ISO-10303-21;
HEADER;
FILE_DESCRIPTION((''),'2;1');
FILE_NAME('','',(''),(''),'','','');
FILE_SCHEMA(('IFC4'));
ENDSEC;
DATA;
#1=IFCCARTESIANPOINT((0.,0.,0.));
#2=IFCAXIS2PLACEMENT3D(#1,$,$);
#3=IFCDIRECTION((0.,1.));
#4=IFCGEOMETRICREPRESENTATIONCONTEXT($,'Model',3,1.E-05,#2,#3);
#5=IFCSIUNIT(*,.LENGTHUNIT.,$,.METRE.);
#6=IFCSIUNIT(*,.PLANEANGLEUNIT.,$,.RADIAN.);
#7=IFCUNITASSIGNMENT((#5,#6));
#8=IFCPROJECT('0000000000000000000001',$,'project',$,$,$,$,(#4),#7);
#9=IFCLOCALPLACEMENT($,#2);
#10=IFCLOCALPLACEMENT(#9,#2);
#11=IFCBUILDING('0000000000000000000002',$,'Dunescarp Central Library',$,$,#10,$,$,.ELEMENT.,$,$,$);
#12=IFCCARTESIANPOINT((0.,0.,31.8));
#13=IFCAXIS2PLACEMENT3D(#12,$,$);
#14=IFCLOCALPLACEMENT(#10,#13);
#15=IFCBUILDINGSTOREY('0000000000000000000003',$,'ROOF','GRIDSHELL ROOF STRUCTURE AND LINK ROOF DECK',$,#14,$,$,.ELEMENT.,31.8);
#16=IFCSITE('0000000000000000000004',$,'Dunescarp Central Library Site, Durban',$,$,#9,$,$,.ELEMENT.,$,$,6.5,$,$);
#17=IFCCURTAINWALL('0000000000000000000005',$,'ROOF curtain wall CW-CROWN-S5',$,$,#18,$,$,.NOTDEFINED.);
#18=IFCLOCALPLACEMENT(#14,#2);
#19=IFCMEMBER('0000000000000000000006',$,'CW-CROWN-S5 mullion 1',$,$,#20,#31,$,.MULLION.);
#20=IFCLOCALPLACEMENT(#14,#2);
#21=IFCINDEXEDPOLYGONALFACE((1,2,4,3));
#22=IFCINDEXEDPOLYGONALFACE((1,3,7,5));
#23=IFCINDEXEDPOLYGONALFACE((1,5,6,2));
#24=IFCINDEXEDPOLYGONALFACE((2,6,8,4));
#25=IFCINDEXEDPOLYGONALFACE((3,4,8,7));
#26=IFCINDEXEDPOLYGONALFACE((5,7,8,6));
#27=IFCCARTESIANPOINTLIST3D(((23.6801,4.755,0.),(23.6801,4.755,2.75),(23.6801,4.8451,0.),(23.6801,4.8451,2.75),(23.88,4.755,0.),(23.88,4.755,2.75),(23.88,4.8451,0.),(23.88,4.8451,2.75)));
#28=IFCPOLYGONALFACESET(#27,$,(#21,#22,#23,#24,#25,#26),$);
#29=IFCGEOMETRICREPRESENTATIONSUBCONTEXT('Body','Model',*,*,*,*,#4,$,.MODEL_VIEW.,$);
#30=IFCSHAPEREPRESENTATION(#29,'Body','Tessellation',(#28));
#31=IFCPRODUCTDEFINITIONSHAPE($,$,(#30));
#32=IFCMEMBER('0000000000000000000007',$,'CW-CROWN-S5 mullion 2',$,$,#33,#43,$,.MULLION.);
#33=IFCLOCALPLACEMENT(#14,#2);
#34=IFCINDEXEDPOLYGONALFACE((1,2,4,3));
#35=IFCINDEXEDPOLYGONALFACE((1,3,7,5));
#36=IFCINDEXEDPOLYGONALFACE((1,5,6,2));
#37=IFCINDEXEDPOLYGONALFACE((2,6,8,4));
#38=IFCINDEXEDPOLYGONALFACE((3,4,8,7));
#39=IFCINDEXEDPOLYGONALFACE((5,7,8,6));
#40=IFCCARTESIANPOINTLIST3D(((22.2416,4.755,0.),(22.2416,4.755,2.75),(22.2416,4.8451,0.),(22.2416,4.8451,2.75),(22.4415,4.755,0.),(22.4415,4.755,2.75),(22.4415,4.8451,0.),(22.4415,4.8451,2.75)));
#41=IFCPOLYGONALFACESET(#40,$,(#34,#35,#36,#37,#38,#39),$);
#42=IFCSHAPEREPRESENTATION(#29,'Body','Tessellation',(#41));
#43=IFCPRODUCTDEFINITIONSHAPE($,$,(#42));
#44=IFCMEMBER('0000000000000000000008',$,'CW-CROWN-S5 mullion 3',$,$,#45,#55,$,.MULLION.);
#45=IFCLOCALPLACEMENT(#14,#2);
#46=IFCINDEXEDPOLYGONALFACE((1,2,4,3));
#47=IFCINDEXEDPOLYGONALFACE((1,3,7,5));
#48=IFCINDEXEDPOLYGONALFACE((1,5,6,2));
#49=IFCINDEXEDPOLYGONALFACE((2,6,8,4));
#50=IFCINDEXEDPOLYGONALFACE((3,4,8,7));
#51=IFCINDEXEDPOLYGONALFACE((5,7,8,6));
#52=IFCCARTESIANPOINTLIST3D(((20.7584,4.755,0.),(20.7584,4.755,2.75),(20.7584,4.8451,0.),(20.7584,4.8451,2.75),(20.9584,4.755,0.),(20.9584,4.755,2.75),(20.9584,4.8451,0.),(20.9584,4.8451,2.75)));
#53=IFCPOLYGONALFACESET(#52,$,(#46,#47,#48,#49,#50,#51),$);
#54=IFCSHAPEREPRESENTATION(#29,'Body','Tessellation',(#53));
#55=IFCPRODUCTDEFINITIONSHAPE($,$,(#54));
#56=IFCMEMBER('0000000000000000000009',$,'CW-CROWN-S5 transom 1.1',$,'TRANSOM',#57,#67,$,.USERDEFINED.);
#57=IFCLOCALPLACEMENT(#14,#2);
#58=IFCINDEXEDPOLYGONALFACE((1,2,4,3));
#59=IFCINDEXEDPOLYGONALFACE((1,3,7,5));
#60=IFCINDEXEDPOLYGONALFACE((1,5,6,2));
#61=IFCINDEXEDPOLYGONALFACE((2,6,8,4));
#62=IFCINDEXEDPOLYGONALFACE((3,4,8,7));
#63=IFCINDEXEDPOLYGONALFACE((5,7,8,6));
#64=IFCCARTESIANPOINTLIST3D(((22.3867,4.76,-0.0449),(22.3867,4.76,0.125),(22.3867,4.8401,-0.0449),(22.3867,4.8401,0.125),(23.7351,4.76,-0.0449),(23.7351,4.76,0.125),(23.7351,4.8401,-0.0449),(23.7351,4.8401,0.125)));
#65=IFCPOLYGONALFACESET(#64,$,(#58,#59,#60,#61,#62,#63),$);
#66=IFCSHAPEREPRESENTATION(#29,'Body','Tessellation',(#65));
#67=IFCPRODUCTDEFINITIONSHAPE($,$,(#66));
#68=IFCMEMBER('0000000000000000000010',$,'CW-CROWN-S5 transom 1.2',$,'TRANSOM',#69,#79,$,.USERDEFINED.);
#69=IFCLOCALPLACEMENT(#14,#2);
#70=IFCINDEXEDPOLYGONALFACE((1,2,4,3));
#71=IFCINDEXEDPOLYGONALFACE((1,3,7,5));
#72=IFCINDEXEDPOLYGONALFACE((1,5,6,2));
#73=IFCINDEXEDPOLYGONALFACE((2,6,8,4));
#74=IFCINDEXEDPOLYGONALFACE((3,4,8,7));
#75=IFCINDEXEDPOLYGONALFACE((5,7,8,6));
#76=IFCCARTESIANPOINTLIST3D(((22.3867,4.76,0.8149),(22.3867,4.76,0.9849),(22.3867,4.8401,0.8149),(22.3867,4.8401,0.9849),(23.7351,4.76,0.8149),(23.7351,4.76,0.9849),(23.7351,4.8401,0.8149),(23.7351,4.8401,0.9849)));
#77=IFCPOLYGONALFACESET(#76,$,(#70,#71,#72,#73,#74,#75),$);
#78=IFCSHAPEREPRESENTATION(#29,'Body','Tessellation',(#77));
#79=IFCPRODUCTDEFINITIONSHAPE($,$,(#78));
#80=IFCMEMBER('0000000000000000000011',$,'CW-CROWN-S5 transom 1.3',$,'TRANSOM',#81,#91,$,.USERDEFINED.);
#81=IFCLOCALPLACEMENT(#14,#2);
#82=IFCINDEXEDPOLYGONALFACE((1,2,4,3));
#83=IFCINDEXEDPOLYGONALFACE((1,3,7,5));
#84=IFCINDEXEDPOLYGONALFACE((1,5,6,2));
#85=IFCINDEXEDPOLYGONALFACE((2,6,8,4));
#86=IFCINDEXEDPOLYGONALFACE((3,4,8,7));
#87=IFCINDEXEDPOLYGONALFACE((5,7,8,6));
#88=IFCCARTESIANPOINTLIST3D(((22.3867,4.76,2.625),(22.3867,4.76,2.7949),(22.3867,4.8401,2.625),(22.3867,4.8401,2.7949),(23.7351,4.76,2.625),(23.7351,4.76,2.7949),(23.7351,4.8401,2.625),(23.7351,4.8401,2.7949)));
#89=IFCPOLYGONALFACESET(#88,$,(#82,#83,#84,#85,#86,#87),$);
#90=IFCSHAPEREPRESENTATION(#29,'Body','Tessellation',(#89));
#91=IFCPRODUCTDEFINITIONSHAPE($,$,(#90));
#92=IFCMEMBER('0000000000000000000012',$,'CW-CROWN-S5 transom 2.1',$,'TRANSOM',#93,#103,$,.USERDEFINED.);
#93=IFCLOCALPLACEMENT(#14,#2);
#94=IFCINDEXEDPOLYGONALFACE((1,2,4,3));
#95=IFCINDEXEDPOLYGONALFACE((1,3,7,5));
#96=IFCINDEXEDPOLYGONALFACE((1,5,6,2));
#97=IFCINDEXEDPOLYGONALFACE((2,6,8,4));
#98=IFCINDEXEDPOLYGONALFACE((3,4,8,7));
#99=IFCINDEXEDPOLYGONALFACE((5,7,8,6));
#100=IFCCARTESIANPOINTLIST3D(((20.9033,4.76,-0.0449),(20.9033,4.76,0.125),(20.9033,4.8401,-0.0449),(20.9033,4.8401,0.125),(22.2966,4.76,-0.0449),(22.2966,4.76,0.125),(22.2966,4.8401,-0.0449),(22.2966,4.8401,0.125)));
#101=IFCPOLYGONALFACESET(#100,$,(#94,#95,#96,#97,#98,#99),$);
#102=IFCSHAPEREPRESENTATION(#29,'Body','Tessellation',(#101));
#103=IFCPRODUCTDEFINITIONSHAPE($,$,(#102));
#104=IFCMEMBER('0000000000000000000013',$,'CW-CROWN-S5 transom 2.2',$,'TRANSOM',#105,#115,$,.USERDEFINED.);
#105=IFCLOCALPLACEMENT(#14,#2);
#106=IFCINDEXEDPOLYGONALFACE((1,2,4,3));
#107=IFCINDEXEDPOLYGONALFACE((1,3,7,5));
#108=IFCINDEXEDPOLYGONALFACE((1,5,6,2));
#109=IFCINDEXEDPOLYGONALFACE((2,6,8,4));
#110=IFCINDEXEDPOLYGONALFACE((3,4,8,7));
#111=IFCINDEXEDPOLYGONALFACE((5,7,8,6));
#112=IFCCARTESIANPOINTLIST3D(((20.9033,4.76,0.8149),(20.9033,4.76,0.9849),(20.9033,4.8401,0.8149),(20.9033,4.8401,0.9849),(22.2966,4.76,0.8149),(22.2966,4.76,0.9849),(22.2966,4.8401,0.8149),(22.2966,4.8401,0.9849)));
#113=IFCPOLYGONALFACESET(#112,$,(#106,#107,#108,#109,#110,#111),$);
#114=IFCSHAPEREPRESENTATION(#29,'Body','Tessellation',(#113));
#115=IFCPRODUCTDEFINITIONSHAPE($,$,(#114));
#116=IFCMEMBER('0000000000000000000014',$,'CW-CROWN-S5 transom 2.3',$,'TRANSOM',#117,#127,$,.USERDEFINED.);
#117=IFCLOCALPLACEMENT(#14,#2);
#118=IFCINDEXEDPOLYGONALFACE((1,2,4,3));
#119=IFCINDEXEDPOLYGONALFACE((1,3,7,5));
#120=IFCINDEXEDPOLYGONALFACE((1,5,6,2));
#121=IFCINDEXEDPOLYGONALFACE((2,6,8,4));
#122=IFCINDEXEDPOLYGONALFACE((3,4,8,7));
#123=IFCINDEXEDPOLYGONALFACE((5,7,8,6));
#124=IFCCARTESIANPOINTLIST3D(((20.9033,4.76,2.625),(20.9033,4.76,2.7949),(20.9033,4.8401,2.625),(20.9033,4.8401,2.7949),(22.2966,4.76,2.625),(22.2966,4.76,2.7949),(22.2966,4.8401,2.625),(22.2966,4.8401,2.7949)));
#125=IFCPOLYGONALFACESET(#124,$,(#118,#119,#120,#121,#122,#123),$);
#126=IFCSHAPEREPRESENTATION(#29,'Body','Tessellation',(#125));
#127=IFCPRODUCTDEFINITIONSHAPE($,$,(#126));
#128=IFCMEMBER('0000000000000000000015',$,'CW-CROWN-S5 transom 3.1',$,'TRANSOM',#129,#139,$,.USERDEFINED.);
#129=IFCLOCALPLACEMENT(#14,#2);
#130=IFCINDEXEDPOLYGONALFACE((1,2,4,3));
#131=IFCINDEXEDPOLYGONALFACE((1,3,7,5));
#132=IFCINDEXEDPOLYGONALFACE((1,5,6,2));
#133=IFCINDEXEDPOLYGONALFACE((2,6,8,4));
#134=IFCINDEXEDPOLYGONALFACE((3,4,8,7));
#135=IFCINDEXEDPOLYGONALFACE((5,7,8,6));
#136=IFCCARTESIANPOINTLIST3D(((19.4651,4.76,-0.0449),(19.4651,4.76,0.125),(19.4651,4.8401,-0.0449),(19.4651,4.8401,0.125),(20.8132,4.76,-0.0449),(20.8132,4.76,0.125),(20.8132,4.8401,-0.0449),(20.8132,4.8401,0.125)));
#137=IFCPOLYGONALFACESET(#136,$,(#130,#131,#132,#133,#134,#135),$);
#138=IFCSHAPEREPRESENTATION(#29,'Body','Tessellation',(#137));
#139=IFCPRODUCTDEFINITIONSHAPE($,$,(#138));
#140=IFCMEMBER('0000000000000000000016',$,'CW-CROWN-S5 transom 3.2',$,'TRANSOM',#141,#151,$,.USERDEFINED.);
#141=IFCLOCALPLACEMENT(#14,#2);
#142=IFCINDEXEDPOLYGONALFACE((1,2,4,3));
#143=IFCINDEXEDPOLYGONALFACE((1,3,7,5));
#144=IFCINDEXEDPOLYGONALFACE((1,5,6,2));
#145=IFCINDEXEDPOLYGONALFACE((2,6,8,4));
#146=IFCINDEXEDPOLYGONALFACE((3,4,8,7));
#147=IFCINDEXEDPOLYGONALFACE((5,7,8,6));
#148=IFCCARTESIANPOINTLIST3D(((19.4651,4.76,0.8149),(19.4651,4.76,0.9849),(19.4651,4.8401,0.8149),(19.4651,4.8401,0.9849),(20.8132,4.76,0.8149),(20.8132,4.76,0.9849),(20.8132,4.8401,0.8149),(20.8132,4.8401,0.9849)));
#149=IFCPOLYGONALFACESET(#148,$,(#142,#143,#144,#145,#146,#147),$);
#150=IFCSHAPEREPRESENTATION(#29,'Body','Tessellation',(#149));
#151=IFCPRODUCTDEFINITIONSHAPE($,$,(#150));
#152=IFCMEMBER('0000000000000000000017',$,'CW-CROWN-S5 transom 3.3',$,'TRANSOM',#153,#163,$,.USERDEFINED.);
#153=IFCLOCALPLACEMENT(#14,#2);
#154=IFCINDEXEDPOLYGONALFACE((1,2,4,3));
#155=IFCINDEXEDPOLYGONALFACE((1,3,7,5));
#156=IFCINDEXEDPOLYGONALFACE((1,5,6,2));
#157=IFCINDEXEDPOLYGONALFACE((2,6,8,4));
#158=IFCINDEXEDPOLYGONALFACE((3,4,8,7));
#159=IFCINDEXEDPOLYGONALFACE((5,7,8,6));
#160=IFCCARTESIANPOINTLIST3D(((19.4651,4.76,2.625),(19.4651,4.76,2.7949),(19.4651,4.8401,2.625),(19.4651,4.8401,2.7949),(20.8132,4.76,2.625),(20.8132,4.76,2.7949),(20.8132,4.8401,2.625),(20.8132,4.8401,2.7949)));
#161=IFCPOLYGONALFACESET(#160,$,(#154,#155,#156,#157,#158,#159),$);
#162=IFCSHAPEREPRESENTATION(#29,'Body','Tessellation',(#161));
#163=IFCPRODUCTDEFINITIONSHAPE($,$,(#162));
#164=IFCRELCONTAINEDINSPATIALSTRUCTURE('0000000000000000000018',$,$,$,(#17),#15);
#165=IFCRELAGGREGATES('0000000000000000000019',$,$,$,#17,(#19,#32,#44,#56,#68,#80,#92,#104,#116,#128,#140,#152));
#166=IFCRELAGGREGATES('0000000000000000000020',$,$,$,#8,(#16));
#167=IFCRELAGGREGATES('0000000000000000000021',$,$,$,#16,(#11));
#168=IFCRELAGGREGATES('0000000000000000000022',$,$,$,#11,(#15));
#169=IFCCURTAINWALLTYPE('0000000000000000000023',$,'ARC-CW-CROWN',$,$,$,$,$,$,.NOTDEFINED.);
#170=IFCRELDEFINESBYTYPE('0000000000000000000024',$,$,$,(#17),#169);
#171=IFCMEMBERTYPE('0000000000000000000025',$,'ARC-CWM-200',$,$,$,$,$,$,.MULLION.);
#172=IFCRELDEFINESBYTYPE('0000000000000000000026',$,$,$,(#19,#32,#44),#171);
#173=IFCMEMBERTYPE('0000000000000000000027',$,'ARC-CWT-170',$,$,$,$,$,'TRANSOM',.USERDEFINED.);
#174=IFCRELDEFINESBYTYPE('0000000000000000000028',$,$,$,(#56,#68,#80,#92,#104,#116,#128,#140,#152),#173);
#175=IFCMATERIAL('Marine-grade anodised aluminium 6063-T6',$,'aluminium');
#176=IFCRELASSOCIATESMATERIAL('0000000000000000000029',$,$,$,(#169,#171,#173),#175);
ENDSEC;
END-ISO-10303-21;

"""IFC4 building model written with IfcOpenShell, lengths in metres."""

from ifc_helpers import new_model, si_unit, direction, frame, origin, origin_2d, place, context, subcontext, project, spatial, rectangle, extrude, material, material_profile, profile_set, type_object, element, aggregate, save


model = new_model("IFC4")

# Units and contexts
model_context = context("Model", 3, precision=1e-05, world=origin(), true_north=direction((0.0, 1.0)))
body_context = subcontext(model_context, "Body", "Model", "MODEL_VIEW")
ifc_project = project(units=[si_unit("LENGTHUNIT", "METRE"), si_unit("PLANEANGLEUNIT", "RADIAN")], contexts=[model_context])

# Site, building, storey
site_placement = place(None, origin())
site = spatial("IfcSite", under=ifc_project, at=site_placement, Name="Dunescarp Central Library Site, Durban", CompositionType="ELEMENT", RefElevation=6.5)
building_placement = place(site_placement, origin())
building = spatial("IfcBuilding", under=site, at=building_placement, Name="Dunescarp Central Library", CompositionType="ELEMENT")
storey_placement = place(building_placement, frame((0.0, 0.0, 31.8)))
storey = spatial("IfcBuildingStorey", under=building, at=storey_placement, Name="ROOF", Description="GRIDSHELL ROOF STRUCTURE AND LINK ROOF DECK", CompositionType="ELEMENT", Elevation=31.8)

# Curtain wall, members
ifc_material_1 = material(Name="Marine-grade anodised aluminium 6063-T6", Category="aluminium")
curtain_wall_type = type_object("IfcCurtainWallType", Name="ARC-CW-CROWN", PredefinedType="NOTDEFINED", material=ifc_material_1)
curtain_wall_placement = place(storey_placement, origin())
curtain_wall = element("IfcCurtainWall", 1, at=curtain_wall_placement, inside=storey, type_object=curtain_wall_type, Name="ROOF curtain wall CW-CROWN-S5", PredefinedType="NOTDEFINED")
ifc_material_profile_1 = material_profile(ifc_material_1, rectangle(XDim=0.0901, YDim=0.2, at=origin_2d()), Name="AL 90x200")
ifc_profile_set_1 = profile_set([ifc_material_profile_1], Name="Marine-grade anodised aluminium 6063-T6")
member_type_1 = type_object("IfcMemberType", Name="ARC-CWM-200", PredefinedType="MULLION", material=ifc_profile_set_1)
member_1_placement = place(storey_placement, frame((23.78, 4.8, 0.0), z_axis=(0.0, 0.0, 1.0), x_axis=(0.0, -1.0, 0.0)))
member_1 = element("IfcMember", 2, at=member_1_placement, type_object=member_type_1, Name="CW-CROWN-S5 mullion 1", PredefinedType="MULLION", context=body_context, shape_type="SweptSolid", body=[
    extrude(rectangle(XDim=0.0901, YDim=0.2, at=origin_2d()), origin(), (0.0, 0.0, 1.0), 2.75),
])
member_2_placement = place(storey_placement, frame((22.3416, 4.8, 0.0), z_axis=(0.0, 0.0, 1.0), x_axis=(0.0, -1.0, 0.0)))
member_2 = element("IfcMember", 3, at=member_2_placement, type_object=member_type_1, Name="CW-CROWN-S5 mullion 2", PredefinedType="MULLION", context=body_context, shape_type="SweptSolid", body=[
    extrude(rectangle(XDim=0.0901, YDim=0.2, at=origin_2d()), origin(), (0.0, 0.0, 1.0), 2.75),
])
member_3_placement = place(storey_placement, frame((20.8584, 4.8, 0.0), z_axis=(0.0, 0.0, 1.0), x_axis=(0.0, -1.0, 0.0)))
member_3 = element("IfcMember", 4, at=member_3_placement, type_object=member_type_1, Name="CW-CROWN-S5 mullion 3", PredefinedType="MULLION", context=body_context, shape_type="SweptSolid", body=[
    extrude(rectangle(XDim=0.0901, YDim=0.2, at=origin_2d()), origin(), (0.0, 0.0, 1.0), 2.75),
])
ifc_material_profile_2 = material_profile(ifc_material_1, rectangle(XDim=0.0801, YDim=0.1699, at=origin_2d()), Name="AL 80x170")
ifc_profile_set_2 = profile_set([ifc_material_profile_2], Name="Marine-grade anodised aluminium 6063-T6")
member_type_2 = type_object("IfcMemberType", Name="ARC-CWT-170", ElementType="TRANSOM", PredefinedType="USERDEFINED", material=ifc_profile_set_2)
member_4_placement = place(storey_placement, frame((23.7351, 4.8, 0.04), z_axis=(-1.0, 0.0, 0.0), x_axis=(0.0, -1.0, 0.0)))
member_4 = element("IfcMember", 5, at=member_4_placement, type_object=member_type_2, Name="CW-CROWN-S5 transom 1.1", ObjectType="TRANSOM", PredefinedType="USERDEFINED", context=body_context, shape_type="SweptSolid", body=[
    extrude(rectangle(XDim=0.0801, YDim=0.1699, at=origin_2d()), origin(), (0.0, 0.0, 1.0), 1.3484),
])
member_5_placement = place(storey_placement, frame((23.7351, 4.8, 0.8999), z_axis=(-1.0, 0.0, 0.0), x_axis=(0.0, -1.0, 0.0)))
member_5 = element("IfcMember", 6, at=member_5_placement, type_object=member_type_2, Name="CW-CROWN-S5 transom 1.2", ObjectType="TRANSOM", PredefinedType="USERDEFINED", context=body_context, shape_type="SweptSolid", body=[
    extrude(rectangle(XDim=0.0801, YDim=0.1699, at=origin_2d()), origin(), (0.0, 0.0, 1.0), 1.3484),
])
member_6_placement = place(storey_placement, frame((23.7351, 4.8, 2.71), z_axis=(-1.0, 0.0, 0.0), x_axis=(0.0, -1.0, 0.0)))
member_6 = element("IfcMember", 7, at=member_6_placement, type_object=member_type_2, Name="CW-CROWN-S5 transom 1.3", ObjectType="TRANSOM", PredefinedType="USERDEFINED", context=body_context, shape_type="SweptSolid", body=[
    extrude(rectangle(XDim=0.0801, YDim=0.1699, at=origin_2d()), origin(), (0.0, 0.0, 1.0), 1.3484),
])
member_7_placement = place(storey_placement, frame((22.2966, 4.8, 0.04), z_axis=(-1.0, 0.0, 0.0), x_axis=(0.0, -1.0, 0.0)))
member_7 = element("IfcMember", 8, at=member_7_placement, type_object=member_type_2, Name="CW-CROWN-S5 transom 2.1", ObjectType="TRANSOM", PredefinedType="USERDEFINED", context=body_context, shape_type="SweptSolid", body=[
    extrude(rectangle(XDim=0.0801, YDim=0.1699, at=origin_2d()), origin(), (0.0, 0.0, 1.0), 1.3933),
])
member_8_placement = place(storey_placement, frame((22.2966, 4.8, 0.8999), z_axis=(-1.0, 0.0, 0.0), x_axis=(0.0, -1.0, 0.0)))
member_8 = element("IfcMember", 9, at=member_8_placement, type_object=member_type_2, Name="CW-CROWN-S5 transom 2.2", ObjectType="TRANSOM", PredefinedType="USERDEFINED", context=body_context, shape_type="SweptSolid", body=[
    extrude(rectangle(XDim=0.0801, YDim=0.1699, at=origin_2d()), origin(), (0.0, 0.0, 1.0), 1.3933),
])
member_9_placement = place(storey_placement, frame((22.2966, 4.8, 2.71), z_axis=(-1.0, 0.0, 0.0), x_axis=(0.0, -1.0, 0.0)))
member_9 = element("IfcMember", 10, at=member_9_placement, type_object=member_type_2, Name="CW-CROWN-S5 transom 2.3", ObjectType="TRANSOM", PredefinedType="USERDEFINED", context=body_context, shape_type="SweptSolid", body=[
    extrude(rectangle(XDim=0.0801, YDim=0.1699, at=origin_2d()), origin(), (0.0, 0.0, 1.0), 1.3933),
])
member_10_placement = place(storey_placement, frame((20.8132, 4.8, 0.04), z_axis=(-1.0, 0.0, 0.0), x_axis=(0.0, -1.0, 0.0)))
member_10 = element("IfcMember", 11, at=member_10_placement, type_object=member_type_2, Name="CW-CROWN-S5 transom 3.1", ObjectType="TRANSOM", PredefinedType="USERDEFINED", context=body_context, shape_type="SweptSolid", body=[
    extrude(rectangle(XDim=0.0801, YDim=0.1699, at=origin_2d()), origin(), (0.0, 0.0, 1.0), 1.3481),
])
member_11_placement = place(storey_placement, frame((20.8132, 4.8, 0.8999), z_axis=(-1.0, 0.0, 0.0), x_axis=(0.0, -1.0, 0.0)))
member_11 = element("IfcMember", 12, at=member_11_placement, type_object=member_type_2, Name="CW-CROWN-S5 transom 3.2", ObjectType="TRANSOM", PredefinedType="USERDEFINED", context=body_context, shape_type="SweptSolid", body=[
    extrude(rectangle(XDim=0.0801, YDim=0.1699, at=origin_2d()), origin(), (0.0, 0.0, 1.0), 1.3481),
])
member_12_placement = place(storey_placement, frame((20.8132, 4.8, 2.71), z_axis=(-1.0, 0.0, 0.0), x_axis=(0.0, -1.0, 0.0)))
member_12 = element("IfcMember", 13, at=member_12_placement, type_object=member_type_2, Name="CW-CROWN-S5 transom 3.3", ObjectType="TRANSOM", PredefinedType="USERDEFINED", context=body_context, shape_type="SweptSolid", body=[
    extrude(rectangle(XDim=0.0801, YDim=0.1699, at=origin_2d()), origin(), (0.0, 0.0, 1.0), 1.3481),
])

aggregate(curtain_wall, [member_1, member_2, member_3, member_4, member_5, member_6, member_7, member_8, member_9, member_10, member_11, member_12])

save(model, "model.ifc")
